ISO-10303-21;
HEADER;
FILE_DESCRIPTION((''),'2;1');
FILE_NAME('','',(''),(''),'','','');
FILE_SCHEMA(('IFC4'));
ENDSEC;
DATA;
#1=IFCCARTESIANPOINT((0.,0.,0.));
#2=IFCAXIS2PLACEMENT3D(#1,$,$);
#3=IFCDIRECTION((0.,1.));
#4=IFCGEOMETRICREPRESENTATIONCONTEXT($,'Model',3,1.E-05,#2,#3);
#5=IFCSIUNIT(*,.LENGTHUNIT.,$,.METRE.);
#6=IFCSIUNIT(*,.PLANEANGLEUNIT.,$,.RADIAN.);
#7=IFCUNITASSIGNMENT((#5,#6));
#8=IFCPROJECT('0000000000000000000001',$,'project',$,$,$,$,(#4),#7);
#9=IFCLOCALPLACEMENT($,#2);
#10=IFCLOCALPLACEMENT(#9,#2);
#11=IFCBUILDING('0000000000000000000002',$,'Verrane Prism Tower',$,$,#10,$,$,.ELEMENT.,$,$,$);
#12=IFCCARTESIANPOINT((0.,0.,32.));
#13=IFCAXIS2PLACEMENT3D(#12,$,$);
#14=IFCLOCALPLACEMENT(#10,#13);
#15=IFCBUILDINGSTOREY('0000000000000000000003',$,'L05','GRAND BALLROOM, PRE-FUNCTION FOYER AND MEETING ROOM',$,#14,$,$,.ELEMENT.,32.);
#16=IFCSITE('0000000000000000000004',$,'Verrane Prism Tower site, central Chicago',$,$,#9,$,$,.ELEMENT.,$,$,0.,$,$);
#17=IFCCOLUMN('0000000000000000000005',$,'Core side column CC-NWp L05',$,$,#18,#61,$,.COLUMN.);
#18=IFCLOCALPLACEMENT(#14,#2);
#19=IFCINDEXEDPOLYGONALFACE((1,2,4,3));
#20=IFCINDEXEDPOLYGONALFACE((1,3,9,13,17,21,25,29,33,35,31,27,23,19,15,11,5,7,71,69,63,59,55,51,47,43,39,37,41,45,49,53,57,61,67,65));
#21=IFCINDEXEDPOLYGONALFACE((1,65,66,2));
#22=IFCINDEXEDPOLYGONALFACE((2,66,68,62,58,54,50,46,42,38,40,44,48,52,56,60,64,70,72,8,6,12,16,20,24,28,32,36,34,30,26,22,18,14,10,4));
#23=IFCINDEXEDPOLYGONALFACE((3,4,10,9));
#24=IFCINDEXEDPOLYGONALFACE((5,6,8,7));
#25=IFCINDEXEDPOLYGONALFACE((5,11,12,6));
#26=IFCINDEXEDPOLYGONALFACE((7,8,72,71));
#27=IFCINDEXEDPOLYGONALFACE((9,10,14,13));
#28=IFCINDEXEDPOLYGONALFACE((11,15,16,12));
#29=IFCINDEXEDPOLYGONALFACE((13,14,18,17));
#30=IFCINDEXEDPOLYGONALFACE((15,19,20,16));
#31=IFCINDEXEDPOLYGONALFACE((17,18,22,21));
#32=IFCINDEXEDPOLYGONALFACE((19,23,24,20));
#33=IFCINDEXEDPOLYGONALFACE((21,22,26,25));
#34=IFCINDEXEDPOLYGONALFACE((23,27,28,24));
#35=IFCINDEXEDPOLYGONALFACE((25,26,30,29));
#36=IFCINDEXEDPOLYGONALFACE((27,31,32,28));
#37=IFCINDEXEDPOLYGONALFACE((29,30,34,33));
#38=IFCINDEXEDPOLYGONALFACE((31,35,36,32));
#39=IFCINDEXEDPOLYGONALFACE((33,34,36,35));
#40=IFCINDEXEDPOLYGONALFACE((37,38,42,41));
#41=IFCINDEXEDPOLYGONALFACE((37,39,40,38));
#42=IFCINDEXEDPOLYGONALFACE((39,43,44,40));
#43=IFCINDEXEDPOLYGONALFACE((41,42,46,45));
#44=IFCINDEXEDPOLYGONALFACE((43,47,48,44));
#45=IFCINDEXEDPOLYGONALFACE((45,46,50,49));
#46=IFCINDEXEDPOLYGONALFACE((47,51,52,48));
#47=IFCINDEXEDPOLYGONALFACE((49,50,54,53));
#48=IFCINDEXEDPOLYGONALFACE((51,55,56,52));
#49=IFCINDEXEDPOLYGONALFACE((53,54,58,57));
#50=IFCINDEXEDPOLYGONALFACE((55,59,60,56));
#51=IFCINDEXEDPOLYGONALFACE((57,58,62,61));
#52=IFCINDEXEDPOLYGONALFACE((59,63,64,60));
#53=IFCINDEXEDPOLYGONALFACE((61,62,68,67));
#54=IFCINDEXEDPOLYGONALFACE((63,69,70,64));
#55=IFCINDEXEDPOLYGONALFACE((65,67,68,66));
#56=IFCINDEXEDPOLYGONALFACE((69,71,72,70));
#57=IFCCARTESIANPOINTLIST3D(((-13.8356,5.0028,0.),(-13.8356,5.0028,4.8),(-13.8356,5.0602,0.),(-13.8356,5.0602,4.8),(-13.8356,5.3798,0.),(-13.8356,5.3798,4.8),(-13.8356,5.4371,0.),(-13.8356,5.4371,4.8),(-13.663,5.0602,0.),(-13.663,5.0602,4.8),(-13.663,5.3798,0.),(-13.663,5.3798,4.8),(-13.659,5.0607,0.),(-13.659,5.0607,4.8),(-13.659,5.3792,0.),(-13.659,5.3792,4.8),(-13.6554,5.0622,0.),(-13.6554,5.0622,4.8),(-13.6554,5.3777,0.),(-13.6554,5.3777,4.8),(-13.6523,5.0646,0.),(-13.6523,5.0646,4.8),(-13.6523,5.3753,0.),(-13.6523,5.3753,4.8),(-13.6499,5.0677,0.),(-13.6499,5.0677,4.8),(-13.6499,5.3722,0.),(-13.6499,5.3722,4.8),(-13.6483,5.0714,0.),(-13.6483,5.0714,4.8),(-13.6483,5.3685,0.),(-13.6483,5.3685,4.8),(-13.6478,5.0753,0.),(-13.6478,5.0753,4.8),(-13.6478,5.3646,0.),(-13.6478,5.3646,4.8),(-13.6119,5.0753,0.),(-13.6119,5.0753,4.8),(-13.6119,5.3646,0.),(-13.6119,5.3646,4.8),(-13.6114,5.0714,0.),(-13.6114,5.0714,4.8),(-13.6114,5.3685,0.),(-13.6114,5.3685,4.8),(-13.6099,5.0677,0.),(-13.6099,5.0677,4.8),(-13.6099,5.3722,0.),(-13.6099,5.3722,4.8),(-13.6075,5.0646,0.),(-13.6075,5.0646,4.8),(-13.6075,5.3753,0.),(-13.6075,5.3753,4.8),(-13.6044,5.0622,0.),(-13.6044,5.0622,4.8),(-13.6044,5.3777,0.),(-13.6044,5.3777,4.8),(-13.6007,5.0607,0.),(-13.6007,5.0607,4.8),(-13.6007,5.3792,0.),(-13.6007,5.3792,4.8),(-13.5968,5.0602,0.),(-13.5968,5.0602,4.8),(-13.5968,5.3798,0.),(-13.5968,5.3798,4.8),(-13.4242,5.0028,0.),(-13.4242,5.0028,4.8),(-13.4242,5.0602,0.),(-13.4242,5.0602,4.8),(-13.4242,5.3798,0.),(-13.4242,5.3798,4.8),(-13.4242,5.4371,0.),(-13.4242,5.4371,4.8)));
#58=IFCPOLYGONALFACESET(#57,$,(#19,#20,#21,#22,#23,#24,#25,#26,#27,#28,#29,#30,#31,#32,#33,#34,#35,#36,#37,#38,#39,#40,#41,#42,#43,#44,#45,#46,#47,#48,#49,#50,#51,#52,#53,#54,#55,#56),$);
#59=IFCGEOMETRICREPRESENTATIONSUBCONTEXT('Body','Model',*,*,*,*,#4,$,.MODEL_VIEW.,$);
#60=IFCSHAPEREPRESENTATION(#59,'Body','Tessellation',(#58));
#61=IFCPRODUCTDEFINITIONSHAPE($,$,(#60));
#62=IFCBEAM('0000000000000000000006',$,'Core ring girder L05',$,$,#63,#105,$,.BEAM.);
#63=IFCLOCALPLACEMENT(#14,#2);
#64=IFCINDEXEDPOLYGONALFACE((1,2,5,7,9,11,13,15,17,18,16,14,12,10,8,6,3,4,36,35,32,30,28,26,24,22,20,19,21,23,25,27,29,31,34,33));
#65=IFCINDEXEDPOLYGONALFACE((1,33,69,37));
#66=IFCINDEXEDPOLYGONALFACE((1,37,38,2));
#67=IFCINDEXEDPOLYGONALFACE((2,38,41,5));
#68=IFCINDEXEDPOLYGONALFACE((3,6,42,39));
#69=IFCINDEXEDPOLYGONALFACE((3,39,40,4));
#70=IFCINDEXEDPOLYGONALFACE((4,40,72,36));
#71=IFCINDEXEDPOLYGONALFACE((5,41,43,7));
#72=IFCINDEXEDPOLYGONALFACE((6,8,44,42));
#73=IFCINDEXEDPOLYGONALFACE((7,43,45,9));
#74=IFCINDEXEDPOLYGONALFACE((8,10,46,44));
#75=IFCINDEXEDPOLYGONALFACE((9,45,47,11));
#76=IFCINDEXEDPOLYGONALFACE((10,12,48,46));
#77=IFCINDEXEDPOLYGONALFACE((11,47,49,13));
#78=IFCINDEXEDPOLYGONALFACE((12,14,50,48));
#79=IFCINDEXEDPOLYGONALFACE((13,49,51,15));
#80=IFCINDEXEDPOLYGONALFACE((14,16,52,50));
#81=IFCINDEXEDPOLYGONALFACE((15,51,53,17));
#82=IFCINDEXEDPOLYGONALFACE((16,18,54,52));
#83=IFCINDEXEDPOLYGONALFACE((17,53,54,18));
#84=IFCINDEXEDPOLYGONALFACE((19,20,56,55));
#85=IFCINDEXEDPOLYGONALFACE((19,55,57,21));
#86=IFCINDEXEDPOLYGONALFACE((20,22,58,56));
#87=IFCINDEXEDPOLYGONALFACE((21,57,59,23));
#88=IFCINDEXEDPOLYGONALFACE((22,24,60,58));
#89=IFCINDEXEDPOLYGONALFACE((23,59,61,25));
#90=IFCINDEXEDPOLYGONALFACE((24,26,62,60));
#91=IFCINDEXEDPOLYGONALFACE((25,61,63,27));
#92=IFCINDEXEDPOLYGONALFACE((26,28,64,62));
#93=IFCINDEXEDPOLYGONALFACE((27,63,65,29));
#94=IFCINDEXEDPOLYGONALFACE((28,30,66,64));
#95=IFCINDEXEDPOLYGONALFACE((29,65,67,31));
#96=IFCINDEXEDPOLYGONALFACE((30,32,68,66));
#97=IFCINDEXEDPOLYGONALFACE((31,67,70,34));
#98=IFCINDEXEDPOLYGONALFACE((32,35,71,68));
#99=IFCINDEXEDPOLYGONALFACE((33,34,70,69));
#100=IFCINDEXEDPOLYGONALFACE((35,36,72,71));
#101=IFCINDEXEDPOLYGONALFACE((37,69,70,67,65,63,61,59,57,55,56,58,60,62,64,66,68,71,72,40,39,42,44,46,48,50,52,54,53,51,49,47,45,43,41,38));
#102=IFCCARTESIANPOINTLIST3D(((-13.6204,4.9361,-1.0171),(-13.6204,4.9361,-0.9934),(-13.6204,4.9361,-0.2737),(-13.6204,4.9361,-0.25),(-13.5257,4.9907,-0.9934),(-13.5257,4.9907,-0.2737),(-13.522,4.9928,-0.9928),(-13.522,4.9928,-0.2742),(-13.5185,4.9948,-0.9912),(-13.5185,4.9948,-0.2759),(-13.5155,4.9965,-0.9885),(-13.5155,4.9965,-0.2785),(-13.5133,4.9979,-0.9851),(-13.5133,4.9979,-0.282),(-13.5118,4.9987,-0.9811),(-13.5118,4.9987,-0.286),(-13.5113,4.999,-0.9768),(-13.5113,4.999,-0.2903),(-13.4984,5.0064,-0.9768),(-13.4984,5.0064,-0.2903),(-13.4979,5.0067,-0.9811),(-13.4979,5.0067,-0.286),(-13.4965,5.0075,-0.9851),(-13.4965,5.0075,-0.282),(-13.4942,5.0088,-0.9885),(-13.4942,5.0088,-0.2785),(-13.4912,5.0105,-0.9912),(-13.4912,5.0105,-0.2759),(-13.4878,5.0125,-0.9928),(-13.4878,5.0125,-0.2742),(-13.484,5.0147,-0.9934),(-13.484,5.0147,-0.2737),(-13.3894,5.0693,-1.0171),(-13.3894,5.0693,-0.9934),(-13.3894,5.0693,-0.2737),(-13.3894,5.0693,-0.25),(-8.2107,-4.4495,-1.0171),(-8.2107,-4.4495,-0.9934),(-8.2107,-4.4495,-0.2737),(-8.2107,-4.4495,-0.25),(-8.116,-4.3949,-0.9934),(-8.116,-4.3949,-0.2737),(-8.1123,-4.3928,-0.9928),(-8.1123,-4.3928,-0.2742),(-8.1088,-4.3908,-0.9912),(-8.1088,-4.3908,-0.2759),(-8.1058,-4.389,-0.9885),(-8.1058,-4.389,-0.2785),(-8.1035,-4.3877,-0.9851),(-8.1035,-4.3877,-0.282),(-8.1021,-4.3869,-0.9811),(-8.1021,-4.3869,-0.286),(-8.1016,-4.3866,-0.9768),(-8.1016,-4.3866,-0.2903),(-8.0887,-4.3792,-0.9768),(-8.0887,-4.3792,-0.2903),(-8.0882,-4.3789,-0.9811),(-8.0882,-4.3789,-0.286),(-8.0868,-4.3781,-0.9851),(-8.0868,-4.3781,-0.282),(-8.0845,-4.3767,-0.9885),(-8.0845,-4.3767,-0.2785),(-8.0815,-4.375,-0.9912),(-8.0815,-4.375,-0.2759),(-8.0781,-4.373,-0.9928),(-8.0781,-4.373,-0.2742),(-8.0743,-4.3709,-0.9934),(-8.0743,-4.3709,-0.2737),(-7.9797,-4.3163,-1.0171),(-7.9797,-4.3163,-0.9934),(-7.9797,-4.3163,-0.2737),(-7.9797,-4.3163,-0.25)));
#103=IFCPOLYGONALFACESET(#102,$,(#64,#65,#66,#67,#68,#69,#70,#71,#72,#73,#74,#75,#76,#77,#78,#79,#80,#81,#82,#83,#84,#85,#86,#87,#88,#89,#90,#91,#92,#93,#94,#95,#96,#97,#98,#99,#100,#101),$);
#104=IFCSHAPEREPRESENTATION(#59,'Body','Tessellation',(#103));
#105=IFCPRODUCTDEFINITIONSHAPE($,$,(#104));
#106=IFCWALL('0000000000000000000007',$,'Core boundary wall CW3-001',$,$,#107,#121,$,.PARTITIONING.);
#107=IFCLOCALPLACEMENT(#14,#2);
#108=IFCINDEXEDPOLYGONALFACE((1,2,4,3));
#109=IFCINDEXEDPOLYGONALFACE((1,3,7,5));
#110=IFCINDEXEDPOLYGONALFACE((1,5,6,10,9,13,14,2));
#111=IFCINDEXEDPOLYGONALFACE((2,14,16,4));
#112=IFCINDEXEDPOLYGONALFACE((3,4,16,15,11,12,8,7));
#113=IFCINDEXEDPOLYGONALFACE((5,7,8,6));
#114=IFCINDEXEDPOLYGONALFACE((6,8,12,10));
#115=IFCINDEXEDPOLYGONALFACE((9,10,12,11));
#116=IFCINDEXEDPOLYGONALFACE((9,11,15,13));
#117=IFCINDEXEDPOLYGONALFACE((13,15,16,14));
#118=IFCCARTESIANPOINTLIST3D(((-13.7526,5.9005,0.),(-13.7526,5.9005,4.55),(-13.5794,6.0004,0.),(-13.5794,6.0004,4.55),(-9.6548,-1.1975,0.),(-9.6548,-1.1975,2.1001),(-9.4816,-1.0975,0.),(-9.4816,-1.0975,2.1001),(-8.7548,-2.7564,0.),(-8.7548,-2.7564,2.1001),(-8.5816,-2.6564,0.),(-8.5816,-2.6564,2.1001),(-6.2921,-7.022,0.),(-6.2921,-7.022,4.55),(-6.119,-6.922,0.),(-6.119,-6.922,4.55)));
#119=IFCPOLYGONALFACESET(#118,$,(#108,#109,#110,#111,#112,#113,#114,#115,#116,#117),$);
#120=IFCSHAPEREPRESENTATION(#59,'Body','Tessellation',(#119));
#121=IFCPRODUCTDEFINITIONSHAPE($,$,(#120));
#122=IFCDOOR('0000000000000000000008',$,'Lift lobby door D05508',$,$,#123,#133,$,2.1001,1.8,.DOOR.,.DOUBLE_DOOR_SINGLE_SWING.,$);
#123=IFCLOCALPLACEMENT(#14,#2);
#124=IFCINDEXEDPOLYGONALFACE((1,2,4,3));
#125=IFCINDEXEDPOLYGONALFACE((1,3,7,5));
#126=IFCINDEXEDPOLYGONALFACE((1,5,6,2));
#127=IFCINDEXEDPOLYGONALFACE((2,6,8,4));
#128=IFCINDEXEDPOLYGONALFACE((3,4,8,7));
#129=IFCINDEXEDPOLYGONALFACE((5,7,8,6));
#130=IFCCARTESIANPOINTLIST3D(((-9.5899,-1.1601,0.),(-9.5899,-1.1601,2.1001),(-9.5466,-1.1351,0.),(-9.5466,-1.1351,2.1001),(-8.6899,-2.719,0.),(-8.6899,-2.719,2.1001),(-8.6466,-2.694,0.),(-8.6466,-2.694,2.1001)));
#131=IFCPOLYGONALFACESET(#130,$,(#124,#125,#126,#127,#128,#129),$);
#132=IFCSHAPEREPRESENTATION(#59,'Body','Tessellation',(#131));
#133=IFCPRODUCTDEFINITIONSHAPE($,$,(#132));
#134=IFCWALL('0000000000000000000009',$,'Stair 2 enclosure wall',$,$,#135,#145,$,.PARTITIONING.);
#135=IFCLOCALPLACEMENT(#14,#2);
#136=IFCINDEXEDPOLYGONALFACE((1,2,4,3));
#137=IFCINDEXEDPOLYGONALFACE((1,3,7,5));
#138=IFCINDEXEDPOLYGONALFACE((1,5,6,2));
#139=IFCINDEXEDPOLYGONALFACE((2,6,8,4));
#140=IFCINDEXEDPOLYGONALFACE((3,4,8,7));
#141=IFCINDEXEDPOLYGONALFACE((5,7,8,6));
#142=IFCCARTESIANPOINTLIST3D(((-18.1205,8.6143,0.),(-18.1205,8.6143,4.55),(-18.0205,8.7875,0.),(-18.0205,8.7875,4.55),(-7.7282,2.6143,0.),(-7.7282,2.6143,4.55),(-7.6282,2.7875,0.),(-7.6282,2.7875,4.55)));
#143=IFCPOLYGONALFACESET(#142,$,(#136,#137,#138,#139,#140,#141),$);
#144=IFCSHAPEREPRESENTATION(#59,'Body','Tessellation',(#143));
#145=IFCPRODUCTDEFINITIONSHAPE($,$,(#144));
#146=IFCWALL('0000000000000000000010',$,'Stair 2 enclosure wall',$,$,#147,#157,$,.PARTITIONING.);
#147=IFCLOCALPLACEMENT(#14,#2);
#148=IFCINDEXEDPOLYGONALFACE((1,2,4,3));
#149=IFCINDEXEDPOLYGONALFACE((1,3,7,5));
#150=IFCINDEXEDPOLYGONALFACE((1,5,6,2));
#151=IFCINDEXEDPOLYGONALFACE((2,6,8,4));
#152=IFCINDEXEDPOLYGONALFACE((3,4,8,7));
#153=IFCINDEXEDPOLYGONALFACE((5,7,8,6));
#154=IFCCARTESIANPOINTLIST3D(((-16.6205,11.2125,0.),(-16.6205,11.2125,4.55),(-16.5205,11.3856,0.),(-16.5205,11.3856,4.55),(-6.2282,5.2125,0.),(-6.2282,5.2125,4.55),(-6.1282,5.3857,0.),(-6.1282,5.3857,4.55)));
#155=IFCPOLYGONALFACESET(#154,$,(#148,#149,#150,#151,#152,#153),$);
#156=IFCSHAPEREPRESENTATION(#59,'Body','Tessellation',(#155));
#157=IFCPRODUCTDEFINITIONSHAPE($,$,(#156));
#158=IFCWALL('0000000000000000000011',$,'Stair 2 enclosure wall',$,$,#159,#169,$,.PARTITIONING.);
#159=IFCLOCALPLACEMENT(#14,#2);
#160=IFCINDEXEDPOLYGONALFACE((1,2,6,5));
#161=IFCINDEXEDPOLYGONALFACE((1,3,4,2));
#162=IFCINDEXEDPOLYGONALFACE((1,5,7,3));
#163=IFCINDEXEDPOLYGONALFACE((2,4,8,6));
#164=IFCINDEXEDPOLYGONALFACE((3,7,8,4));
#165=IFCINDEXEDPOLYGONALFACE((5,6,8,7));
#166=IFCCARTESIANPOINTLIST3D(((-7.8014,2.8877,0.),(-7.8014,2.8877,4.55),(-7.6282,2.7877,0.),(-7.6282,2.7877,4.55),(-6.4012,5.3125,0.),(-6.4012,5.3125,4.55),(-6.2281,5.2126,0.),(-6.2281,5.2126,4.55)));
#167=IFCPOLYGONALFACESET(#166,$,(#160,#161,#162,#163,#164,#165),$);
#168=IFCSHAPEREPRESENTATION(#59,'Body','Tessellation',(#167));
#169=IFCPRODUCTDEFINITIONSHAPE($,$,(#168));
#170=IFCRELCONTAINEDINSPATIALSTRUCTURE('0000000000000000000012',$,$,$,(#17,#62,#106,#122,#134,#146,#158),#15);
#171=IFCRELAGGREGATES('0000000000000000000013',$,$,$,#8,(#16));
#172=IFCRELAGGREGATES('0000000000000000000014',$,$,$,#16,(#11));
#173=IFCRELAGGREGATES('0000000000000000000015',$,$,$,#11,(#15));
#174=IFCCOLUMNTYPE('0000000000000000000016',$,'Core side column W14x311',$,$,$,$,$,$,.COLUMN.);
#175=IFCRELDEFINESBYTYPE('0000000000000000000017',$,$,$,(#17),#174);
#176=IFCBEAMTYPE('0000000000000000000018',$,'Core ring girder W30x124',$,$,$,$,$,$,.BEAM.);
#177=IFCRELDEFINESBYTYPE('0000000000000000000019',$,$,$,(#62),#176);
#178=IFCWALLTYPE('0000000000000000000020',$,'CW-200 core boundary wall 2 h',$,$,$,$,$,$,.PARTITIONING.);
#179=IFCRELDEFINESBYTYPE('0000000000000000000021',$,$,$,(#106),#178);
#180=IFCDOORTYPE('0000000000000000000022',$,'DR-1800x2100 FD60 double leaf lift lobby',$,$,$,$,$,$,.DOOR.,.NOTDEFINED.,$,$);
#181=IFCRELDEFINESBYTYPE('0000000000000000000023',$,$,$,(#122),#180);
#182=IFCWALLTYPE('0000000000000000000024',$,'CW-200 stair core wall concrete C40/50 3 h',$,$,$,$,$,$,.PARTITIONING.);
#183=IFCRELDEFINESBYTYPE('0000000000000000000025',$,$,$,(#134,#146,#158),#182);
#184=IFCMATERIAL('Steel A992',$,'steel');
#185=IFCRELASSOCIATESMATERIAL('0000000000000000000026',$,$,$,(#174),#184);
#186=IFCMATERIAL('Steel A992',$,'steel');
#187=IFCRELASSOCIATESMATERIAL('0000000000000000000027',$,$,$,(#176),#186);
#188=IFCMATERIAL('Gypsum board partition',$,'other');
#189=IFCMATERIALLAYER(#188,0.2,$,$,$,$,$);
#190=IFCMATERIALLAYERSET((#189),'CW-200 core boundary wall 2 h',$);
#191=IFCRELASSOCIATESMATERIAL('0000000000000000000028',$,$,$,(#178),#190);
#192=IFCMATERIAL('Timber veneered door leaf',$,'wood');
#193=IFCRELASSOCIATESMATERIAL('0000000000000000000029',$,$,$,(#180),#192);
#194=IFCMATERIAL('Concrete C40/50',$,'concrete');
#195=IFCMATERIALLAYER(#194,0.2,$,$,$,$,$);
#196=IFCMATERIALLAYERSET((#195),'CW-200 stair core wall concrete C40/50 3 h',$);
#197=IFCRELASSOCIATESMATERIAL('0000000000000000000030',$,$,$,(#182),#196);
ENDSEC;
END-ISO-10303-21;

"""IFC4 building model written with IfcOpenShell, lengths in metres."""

from ifc_helpers import new_model, si_unit, direction, frame, frame_2d, origin, origin_2d, place, context, subcontext, project, spatial, rectangle, i_section, extrude, material, layer, layer_set, material_profile, profile_set, type_object, element, fill, save


model = new_model("IFC4")

# Units and contexts
model_context = context("Model", 3, precision=1e-05, world=origin(), true_north=direction((0.0, 1.0)))
body_context = subcontext(model_context, "Body", "Model", "MODEL_VIEW")
ifc_project = project(units=[si_unit("LENGTHUNIT", "METRE"), si_unit("PLANEANGLEUNIT", "RADIAN")], contexts=[model_context])

# Site, building, storey
site_placement = place(None, origin())
site = spatial("IfcSite", under=ifc_project, at=site_placement, Name="Verrane Prism Tower site, central Chicago", CompositionType="ELEMENT", RefElevation=0.0)
building_placement = place(site_placement, origin())
building = spatial("IfcBuilding", under=site, at=building_placement, Name="Verrane Prism Tower", CompositionType="ELEMENT")
storey_placement = place(building_placement, frame((0.0, 0.0, 32.0)))
storey = spatial("IfcBuildingStorey", under=building, at=storey_placement, Name="L05", Description="GRAND BALLROOM, PRE-FUNCTION FOYER AND MEETING ROOM", CompositionType="ELEMENT", Elevation=32.0)

# Column
ifc_material_1 = material(Name="Steel A992", Category="steel")
ifc_material_profile_1 = material_profile(ifc_material_1, i_section(OverallWidth=0.4114, OverallDepth=0.4343, WebThickness=0.0359, FlangeThickness=0.0574, FilletRadius=0.0151, at=origin_2d()), Name="W14x311")
ifc_profile_set_1 = profile_set([ifc_material_profile_1], Name="Steel A992")
column_type = type_object("IfcColumnType", Name="Core side column W14x311", PredefinedType="COLUMN", material=ifc_profile_set_1)
column_placement = place(storey_placement, frame((-13.6299, 5.22, 0.0), z_axis=(0.0, 0.0, 1.0), x_axis=(1.0, 0.0, 0.0)))
element("IfcColumn", 1, at=column_placement, inside=storey, type_object=column_type, Name="Core side column CC-NWp L05", PredefinedType="COLUMN", context=body_context, shape_type="SweptSolid", body=[
    extrude(i_section(OverallWidth=0.4114, OverallDepth=0.4343, WebThickness=0.0359, FlangeThickness=0.0574, FilletRadius=0.0151, at=origin_2d()), origin(), (0.0, 0.0, 1.0), 4.8),
])

# Beam
ifc_material_2 = material(Name="Steel A992", Category="steel")
ifc_material_profile_2 = material_profile(ifc_material_2, i_section(OverallWidth=0.2666, OverallDepth=0.7671, WebThickness=0.0149, FlangeThickness=0.0237, FilletRadius=0.0166, at=origin_2d()), Name="W30x124")
ifc_profile_set_2 = profile_set([ifc_material_profile_2], Name="Steel A992")
beam_type = type_object("IfcBeamType", Name="Core ring girder W30x124", PredefinedType="BEAM", material=ifc_profile_set_2)
beam_placement = place(storey_placement, frame((-13.5049, 5.0027, -0.6335), z_axis=(0.499373, -0.866387, 0.0), x_axis=(0.866387, 0.499373, 0.0)))
element("IfcBeam", 2, at=beam_placement, inside=storey, type_object=beam_type, Name="Core ring girder L05", PredefinedType="BEAM", context=body_context, shape_type="SweptSolid", body=[
    extrude(i_section(OverallWidth=0.2666, OverallDepth=0.7671, WebThickness=0.0149, FlangeThickness=0.0237, FilletRadius=0.0166, at=origin_2d()), origin(), (0.0, 0.0, 1.0), 10.833),
])

# Wall, opening, door
ifc_material_3 = material(Name="Gypsum board partition", Category="other")
ifc_layer_1 = layer(ifc_material_3, 0.2)
ifc_layer_set_1 = layer_set([ifc_layer_1], Name="CW-200 core boundary wall 2 h")
wall_type_1 = type_object("IfcWallType", Name="CW-200 core boundary wall 2 h", PredefinedType="PARTITIONING", material=ifc_layer_set_1)
wall_1_placement = place(storey_placement, frame((-13.666, 5.9504, 0.0), z_axis=(0.0, 0.0, 1.0), x_axis=(0.499986, -0.866034, 0.0)))
wall_1 = element("IfcWall", 3, at=wall_1_placement, inside=storey, type_object=wall_type_1, Name="Core boundary wall CW3-001", PredefinedType="PARTITIONING", context=body_context, shape_type="SweptSolid", body=[
    extrude(rectangle(XDim=14.9214, YDim=0.2, at=frame_2d((7.4607, 0.0))), origin(), (0.0, 0.0, 1.0), 4.55),
])
opening_1_placement = place(wall_1_placement, frame((8.196, 0.0, 0.0)))
opening_1 = element("IfcOpeningElement", 4, at=opening_1_placement, cuts=wall_1, PredefinedType="OPENING", context=body_context, shape_type="SweptSolid", body=[
    extrude(rectangle(XDim=1.8, YDim=2.1001, at=frame_2d((0.8999, 1.05))), frame((0.0, 0.1099, 0.0), z_axis=(0.0, -1.0, 0.0), x_axis=(1.0, 0.0, 0.0)), (0.0, 0.0, 1.0), 0.22),
])
ifc_material_4 = material(Name="Timber veneered door leaf", Category="wood")
door_type_1 = type_object("IfcDoorType", Name="DR-1800x2100 FD60 double leaf lift lobby", OperationType="NOTDEFINED", PredefinedType="DOOR", material=ifc_material_4)
door_1_placement = place(opening_1_placement, origin())
door_1 = element("IfcDoor", 5, at=door_1_placement, inside=storey, type_object=door_type_1, Name="Lift lobby door D05508", OperationType="DOUBLE_DOOR_SINGLE_SWING", OverallHeight=2.1001, OverallWidth=1.8, PredefinedType="DOOR", context=body_context, shape_type="SweptSolid", body=[
    extrude(rectangle(XDim=1.8, YDim=2.1001, at=frame_2d((0.8999, 1.05))), frame((0.0, 0.0249, 0.0), z_axis=(0.0, -1.0, 0.0), x_axis=(1.0, 0.0, 0.0)), (0.0, 0.0, 1.0), 0.05),
])
fill(opening_1, door_1)

# Walls
ifc_material_5 = material(Name="Concrete C40/50", Category="concrete")
ifc_layer_2 = layer(ifc_material_5, 0.2)
ifc_layer_set_2 = layer_set([ifc_layer_2], Name="CW-200 stair core wall concrete C40/50 3 h")
wall_type_2 = type_object("IfcWallType", Name="CW-200 stair core wall concrete C40/50 3 h", PredefinedType="PARTITIONING", material=ifc_layer_set_2)
for number, where, z_axis, x_axis, name in (
    (6, (-7.6782, 2.7009, 0.0), (0.0, 0.0, 1.0), (-0.866026, 0.499999, 0.0), "Stair 2 enclosure wall"),
    (7, (-6.1782, 5.2991, 0.0), (0.0, 0.0, 1.0), (-0.866026, 0.499999, 0.0), "Stair 2 enclosure wall"),
):
    element("IfcWall", number, at=place(storey_placement, frame(where, z_axis=z_axis, x_axis=x_axis)), inside=storey, type_object=wall_type_2, Name=name, PredefinedType="PARTITIONING", context=body_context, shape_type="SweptSolid", body=[
        extrude(rectangle(XDim=12.0, YDim=0.2, at=frame_2d((6.0, 0.0))), origin(), (0.0, 0.0, 1.0), 4.55),
    ])
wall_2_placement = place(storey_placement, frame((-6.3147, 5.2625, 0.0), z_axis=(0.0, 0.0, 1.0), x_axis=(-0.50005, -0.865997, 0.0)))
element("IfcWall", 8, at=wall_2_placement, inside=storey, type_object=wall_type_2, Name="Stair 2 enclosure wall", PredefinedType="PARTITIONING", context=body_context, shape_type="SweptSolid", body=[
    extrude(rectangle(XDim=2.8, YDim=0.2, at=frame_2d((1.3999, 0.0))), origin(), (0.0, 0.0, 1.0), 4.55),
])

save(model, "model.ifc")
